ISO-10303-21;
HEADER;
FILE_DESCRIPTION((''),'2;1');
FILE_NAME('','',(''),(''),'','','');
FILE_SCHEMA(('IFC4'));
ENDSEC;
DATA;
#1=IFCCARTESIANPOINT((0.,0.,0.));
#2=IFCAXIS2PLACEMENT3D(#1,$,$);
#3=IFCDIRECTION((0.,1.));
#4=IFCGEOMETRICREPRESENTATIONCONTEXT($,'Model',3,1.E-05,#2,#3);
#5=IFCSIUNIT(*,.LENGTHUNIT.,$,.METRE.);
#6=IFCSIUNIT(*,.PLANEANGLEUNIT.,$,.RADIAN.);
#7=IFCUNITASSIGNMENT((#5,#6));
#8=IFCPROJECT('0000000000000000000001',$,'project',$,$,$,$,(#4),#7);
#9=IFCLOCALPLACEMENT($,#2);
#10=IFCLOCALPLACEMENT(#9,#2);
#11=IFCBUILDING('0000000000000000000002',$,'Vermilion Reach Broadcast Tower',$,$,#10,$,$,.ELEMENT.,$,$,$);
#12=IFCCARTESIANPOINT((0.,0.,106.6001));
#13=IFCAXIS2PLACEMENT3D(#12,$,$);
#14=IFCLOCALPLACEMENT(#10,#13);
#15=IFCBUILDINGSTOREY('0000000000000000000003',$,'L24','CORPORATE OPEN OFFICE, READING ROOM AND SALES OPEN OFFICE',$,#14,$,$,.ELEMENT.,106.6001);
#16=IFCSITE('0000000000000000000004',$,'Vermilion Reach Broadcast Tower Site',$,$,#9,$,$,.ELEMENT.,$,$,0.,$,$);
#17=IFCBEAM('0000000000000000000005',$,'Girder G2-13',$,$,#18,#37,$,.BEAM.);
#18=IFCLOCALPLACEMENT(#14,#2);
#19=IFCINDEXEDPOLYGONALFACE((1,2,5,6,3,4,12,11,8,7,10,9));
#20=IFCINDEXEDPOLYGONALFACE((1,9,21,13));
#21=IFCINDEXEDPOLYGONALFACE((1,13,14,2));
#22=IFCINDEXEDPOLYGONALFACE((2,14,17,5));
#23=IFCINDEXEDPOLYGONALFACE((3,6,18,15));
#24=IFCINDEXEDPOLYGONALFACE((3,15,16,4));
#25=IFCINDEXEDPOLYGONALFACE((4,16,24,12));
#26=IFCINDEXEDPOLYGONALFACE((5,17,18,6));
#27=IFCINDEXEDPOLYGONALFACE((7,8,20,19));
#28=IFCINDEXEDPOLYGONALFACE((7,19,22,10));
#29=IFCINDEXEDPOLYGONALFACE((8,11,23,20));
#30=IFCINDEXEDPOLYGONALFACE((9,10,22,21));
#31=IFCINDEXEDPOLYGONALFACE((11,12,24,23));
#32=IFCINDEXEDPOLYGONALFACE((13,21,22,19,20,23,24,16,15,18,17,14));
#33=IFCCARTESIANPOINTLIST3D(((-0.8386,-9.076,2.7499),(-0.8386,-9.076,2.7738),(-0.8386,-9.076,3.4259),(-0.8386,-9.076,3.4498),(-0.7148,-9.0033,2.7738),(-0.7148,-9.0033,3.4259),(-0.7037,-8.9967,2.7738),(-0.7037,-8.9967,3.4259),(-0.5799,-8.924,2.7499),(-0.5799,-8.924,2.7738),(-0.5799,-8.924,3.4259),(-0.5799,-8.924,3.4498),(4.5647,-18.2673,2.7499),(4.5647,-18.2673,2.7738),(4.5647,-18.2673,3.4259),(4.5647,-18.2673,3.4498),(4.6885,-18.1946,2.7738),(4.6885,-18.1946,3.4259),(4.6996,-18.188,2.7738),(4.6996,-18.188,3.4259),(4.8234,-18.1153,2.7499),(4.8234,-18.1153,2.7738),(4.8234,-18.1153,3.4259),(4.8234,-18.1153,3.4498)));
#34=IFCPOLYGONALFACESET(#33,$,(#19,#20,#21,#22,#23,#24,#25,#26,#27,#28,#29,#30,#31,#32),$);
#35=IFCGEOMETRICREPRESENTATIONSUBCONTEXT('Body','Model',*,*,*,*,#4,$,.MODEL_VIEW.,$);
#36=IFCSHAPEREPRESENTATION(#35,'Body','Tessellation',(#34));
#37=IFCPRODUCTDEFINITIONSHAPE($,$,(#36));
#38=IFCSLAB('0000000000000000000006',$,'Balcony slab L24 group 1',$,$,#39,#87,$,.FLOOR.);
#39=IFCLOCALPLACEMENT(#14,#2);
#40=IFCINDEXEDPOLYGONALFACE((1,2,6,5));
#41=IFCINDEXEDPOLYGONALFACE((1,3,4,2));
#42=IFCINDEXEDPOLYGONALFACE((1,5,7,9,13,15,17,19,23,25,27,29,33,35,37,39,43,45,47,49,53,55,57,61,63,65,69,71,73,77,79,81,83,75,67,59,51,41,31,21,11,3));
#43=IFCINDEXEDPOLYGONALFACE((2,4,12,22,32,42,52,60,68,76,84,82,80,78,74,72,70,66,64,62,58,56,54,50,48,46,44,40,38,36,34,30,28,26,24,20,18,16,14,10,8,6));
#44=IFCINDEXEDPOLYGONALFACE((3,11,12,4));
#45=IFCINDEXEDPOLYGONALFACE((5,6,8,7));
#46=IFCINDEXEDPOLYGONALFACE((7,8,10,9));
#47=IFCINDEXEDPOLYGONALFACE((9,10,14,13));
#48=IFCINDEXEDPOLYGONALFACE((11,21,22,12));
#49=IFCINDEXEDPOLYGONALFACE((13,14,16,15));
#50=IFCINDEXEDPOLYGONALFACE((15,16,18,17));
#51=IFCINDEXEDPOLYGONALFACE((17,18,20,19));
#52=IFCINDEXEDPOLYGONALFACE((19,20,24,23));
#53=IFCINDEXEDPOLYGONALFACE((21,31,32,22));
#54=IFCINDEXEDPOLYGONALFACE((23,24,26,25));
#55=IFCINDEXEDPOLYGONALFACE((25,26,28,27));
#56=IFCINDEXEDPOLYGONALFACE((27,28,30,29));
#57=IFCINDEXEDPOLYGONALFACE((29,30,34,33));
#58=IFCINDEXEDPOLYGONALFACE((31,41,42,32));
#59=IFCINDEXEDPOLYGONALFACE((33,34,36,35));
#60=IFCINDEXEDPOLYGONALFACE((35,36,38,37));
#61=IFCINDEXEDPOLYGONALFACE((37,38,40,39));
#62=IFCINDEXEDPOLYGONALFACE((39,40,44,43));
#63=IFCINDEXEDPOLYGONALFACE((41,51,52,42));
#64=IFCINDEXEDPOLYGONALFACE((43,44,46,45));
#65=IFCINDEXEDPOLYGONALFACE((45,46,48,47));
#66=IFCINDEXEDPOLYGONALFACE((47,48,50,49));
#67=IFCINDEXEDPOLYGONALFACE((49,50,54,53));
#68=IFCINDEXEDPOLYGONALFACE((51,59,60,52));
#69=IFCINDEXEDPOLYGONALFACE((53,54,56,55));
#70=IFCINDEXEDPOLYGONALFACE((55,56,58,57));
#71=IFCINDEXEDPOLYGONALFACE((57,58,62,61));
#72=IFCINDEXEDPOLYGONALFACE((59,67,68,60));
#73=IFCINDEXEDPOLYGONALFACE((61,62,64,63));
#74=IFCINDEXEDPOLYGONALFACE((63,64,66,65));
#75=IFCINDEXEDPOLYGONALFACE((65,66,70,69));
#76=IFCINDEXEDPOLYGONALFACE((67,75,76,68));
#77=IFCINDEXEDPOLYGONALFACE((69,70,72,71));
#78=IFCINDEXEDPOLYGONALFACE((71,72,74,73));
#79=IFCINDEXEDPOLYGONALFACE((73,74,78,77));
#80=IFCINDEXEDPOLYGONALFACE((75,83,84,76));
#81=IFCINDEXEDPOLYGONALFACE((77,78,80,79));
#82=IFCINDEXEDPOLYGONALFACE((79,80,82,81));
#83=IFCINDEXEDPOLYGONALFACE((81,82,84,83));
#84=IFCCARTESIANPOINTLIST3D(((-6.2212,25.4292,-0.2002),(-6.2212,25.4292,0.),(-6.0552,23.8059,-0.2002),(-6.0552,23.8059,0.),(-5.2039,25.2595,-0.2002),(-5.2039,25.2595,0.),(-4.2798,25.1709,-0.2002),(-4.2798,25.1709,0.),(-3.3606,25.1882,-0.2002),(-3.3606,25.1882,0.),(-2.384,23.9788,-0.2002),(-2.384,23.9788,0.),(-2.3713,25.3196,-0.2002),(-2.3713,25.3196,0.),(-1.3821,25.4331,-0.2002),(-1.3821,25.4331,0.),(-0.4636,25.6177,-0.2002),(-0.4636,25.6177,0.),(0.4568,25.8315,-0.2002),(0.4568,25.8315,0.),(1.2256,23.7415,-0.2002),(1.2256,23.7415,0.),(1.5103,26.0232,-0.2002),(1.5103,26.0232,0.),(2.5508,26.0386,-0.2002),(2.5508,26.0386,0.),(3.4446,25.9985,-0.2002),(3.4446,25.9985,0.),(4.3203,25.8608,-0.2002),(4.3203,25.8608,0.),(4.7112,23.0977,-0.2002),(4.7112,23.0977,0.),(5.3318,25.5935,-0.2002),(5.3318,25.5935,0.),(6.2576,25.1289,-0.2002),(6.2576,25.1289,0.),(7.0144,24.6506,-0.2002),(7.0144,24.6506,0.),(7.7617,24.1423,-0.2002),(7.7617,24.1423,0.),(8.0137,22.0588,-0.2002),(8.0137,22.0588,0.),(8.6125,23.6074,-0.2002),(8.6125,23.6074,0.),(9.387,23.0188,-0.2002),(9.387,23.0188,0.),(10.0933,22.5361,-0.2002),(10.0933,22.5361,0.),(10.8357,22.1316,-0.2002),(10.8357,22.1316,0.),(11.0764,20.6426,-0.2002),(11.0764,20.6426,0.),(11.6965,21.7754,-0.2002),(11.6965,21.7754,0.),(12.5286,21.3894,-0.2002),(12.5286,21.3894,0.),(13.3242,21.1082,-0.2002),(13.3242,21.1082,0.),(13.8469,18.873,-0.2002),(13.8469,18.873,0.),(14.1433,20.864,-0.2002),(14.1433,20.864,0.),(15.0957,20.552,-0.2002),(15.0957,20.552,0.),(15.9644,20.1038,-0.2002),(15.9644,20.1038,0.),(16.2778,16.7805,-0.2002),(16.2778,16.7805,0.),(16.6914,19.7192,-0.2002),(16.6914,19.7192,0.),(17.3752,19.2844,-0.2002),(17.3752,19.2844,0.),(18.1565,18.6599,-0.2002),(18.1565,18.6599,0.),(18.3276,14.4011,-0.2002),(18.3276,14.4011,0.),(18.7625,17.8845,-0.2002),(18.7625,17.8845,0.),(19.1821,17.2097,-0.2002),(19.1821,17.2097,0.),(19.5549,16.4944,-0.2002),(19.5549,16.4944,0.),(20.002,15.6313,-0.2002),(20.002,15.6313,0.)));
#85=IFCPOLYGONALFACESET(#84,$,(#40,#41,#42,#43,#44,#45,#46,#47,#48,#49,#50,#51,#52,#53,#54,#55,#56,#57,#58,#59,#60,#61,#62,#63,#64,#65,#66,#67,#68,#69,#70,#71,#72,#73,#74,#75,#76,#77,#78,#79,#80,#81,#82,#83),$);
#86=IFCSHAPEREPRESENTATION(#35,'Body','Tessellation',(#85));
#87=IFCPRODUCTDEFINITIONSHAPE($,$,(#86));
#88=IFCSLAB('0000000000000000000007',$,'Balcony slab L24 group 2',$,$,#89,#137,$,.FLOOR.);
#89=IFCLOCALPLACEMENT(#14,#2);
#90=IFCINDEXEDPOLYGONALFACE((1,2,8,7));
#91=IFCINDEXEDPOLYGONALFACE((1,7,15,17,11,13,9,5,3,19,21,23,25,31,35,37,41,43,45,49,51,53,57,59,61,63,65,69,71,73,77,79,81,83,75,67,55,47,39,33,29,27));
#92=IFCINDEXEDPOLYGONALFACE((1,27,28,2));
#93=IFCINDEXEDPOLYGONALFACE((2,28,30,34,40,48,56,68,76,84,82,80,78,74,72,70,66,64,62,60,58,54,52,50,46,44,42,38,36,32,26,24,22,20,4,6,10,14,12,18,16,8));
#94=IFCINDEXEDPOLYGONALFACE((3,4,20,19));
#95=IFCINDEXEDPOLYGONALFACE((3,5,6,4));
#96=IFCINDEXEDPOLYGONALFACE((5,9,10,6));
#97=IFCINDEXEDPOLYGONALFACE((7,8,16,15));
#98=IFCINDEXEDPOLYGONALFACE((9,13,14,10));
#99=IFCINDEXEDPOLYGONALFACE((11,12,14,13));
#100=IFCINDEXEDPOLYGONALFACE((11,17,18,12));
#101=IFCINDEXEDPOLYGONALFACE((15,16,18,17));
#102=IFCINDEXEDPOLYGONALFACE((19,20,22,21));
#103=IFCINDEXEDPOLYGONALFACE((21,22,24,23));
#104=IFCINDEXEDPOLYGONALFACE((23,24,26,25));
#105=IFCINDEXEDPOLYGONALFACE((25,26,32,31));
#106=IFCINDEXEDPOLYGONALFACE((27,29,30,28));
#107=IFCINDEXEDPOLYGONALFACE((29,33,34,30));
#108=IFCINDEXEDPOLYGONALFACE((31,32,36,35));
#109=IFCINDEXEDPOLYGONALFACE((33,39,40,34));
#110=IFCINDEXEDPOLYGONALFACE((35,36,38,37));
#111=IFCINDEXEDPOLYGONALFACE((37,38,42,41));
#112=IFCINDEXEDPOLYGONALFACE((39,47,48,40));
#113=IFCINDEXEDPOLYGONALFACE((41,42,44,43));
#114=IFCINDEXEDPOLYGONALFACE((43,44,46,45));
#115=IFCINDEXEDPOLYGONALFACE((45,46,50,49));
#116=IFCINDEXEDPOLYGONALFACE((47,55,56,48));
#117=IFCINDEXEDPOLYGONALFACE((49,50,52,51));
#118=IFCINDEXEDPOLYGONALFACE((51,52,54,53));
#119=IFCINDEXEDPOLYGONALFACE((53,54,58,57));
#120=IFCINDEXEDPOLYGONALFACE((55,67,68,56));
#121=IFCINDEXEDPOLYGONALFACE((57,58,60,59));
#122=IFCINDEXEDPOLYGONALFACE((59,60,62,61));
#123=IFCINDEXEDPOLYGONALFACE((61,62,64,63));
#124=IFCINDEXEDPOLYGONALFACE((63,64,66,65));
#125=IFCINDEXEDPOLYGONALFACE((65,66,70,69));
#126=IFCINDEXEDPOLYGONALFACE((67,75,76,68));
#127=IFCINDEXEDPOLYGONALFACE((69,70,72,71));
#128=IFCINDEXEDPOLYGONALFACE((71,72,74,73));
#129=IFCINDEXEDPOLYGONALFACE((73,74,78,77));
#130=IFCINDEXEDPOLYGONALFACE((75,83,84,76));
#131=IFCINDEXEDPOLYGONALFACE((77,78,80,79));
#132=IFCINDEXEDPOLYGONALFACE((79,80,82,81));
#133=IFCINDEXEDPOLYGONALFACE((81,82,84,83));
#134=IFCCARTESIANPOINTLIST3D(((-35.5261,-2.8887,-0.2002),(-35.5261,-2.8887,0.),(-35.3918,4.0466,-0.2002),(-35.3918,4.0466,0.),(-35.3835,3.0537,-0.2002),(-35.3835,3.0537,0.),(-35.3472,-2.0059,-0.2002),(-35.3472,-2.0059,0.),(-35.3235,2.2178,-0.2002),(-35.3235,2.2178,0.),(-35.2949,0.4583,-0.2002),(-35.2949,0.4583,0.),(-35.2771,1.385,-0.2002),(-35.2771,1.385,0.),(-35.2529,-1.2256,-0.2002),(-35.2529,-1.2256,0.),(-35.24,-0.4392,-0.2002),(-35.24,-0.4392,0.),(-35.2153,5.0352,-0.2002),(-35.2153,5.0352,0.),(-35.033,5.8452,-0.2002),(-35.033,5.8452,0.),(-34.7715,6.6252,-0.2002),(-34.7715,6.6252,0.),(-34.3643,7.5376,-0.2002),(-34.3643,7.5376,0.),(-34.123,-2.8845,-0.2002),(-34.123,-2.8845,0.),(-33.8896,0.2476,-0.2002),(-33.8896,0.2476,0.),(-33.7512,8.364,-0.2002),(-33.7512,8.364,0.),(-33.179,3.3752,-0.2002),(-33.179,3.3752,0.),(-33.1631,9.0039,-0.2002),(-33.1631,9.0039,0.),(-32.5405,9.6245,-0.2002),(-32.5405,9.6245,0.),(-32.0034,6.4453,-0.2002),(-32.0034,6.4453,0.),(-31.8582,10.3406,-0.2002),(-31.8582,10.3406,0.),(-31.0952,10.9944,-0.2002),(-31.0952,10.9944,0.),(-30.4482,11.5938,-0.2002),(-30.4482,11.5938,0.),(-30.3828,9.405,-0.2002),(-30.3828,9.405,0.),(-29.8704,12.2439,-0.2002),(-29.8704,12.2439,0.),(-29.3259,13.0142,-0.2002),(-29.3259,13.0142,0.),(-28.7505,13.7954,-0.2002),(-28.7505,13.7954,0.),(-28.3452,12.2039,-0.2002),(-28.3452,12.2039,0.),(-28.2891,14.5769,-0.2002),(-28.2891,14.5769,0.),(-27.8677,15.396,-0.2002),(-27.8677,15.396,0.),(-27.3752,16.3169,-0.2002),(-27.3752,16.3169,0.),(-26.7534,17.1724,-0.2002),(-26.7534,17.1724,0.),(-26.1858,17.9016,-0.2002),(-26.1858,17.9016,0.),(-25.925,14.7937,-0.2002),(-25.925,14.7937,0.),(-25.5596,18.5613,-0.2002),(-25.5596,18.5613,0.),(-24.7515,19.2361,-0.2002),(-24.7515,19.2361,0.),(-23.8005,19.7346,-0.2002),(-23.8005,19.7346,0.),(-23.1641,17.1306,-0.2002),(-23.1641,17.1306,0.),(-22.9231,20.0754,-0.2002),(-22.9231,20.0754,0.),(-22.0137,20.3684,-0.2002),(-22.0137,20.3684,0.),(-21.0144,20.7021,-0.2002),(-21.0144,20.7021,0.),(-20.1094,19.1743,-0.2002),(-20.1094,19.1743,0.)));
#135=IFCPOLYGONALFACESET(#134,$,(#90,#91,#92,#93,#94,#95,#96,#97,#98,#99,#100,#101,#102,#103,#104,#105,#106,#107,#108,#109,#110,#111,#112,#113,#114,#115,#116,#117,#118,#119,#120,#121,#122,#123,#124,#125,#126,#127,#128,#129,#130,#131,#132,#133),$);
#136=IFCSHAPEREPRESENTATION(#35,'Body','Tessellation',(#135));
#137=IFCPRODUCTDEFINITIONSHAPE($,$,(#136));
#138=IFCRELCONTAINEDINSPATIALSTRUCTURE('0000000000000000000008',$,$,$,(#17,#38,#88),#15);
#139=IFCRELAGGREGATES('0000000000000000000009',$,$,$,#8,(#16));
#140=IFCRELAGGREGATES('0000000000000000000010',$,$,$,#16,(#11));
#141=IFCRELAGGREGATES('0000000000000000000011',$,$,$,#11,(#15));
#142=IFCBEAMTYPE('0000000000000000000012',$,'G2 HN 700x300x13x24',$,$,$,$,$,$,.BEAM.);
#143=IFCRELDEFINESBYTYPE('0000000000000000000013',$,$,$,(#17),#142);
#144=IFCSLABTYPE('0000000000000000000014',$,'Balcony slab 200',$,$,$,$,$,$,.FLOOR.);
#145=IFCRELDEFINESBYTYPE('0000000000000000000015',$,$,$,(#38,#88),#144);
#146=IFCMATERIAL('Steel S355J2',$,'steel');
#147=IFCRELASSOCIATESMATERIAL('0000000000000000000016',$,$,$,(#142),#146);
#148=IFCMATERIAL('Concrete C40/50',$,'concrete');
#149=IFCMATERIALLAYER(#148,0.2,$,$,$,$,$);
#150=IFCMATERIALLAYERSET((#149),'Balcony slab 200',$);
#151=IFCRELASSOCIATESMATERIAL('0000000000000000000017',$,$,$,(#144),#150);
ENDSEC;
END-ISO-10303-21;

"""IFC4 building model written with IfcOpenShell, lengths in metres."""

from ifc_helpers import new_model, si_unit, direction, frame, origin, origin_2d, place, context, subcontext, project, spatial, polyline, i_section, outline, extrude, material, layer, layer_set, material_profile, profile_set, type_object, element, save


model = new_model("IFC4")

# Units and contexts
model_context = context("Model", 3, precision=1e-05, world=origin(), true_north=direction((0.0, 1.0)))
body_context = subcontext(model_context, "Body", "Model", "MODEL_VIEW")
ifc_project = project(units=[si_unit("LENGTHUNIT", "METRE"), si_unit("PLANEANGLEUNIT", "RADIAN")], contexts=[model_context])

# Site, building, storey
site_placement = place(None, origin())
site = spatial("IfcSite", under=ifc_project, at=site_placement, Name="Vermilion Reach Broadcast Tower Site", CompositionType="ELEMENT", RefElevation=0.0)
building_placement = place(site_placement, origin())
building = spatial("IfcBuilding", under=site, at=building_placement, Name="Vermilion Reach Broadcast Tower", CompositionType="ELEMENT")
storey_placement = place(building_placement, frame((0.0, 0.0, 106.6001)))
storey = spatial("IfcBuildingStorey", under=building, at=storey_placement, Name="L24", Description="CORPORATE OPEN OFFICE, READING ROOM AND SALES OPEN OFFICE", CompositionType="ELEMENT", Elevation=106.6001)

# Beam
ifc_material_1 = material(Name="Steel S355J2", Category="steel")
ifc_material_profile = material_profile(ifc_material_1, i_section(OverallWidth=0.3, OverallDepth=0.7, WebThickness=0.0129, FlangeThickness=0.0239, at=origin_2d()), Name="S355J2 HN 700x300x13x24")
ifc_profile_set = profile_set([ifc_material_profile], Name="Steel S355J2")
beam_type = type_object("IfcBeamType", Name="G2 HN 700x300x13x24", PredefinedType="BEAM", material=ifc_profile_set)
beam_placement = place(storey_placement, frame((-0.7092, -9.0, 3.0999), z_axis=(0.506784, -0.862073, 0.0), x_axis=(0.862073, 0.506784, 0.0)))
element("IfcBeam", 1, at=beam_placement, inside=storey, type_object=beam_type, Name="Girder G2-13", PredefinedType="BEAM", context=body_context, shape_type="SweptSolid", body=[
    extrude(i_section(OverallWidth=0.3, OverallDepth=0.7, WebThickness=0.0129, FlangeThickness=0.0239, at=origin_2d()), origin(), (0.0, 0.0, 1.0), 10.6619),
])

# Slabs
ifc_material_2 = material(Name="Concrete C40/50", Category="concrete")
ifc_layer_1 = layer(ifc_material_2, 0.2)
ifc_layer_set_1 = layer_set([ifc_layer_1], Name="Balcony slab 200")
slab_type_1 = type_object("IfcSlabType", Name="Balcony slab 200", PredefinedType="FLOOR", material=ifc_layer_set_1)
placement = place(storey_placement, frame((0.0, 0.0, -0.2002)))
element("IfcSlab", 2, at=placement, inside=storey, type_object=slab_type_1, Name="Balcony slab L24 group 1", PredefinedType="FLOOR", context=body_context, shape_type="SweptSolid", body=[
    extrude(outline(polyline([(18.3276, 14.4011), (16.2778, 16.7805), (13.8469, 18.873), (11.0764, 20.6426), (8.0137, 22.0588), (4.7112, 23.0977), (1.2256, 23.7415), (-2.384, 23.9788), (-6.0552, 23.8059), (-6.2212, 25.4292), (-5.2039, 25.2595), (-4.2798, 25.1709), (-3.3606, 25.1882), (-2.3713, 25.3196), (-1.3821, 25.4331), (-0.4636, 25.6177), (0.4568, 25.8315), (1.5103, 26.0232), (2.5508, 26.0386), (3.4446, 25.9985), (4.3203, 25.8608), (5.3318, 25.5935), (6.2576, 25.1289), (7.0144, 24.6506), (7.7617, 24.1423), (8.6125, 23.6074), (9.387, 23.0188), (10.0933, 22.5361), (10.8357, 22.1316), (11.6965, 21.7754), (12.5286, 21.3894), (13.3242, 21.1082), (14.1433, 20.864), (15.0957, 20.552), (15.9644, 20.1038), (16.6914, 19.7192), (17.3752, 19.2844), (18.1565, 18.6599), (18.7625, 17.8845), (19.1821, 17.2097), (19.5549, 16.4944), (20.002, 15.6313), (18.3276, 14.4011)])), origin(), (0.0, 0.0, 1.0), 0.2002),
])
element("IfcSlab", 3, at=placement, inside=storey, type_object=slab_type_1, Name="Balcony slab L24 group 2", PredefinedType="FLOOR", context=body_context, shape_type="SweptSolid", body=[
    extrude(outline(polyline([(-20.1094, 19.1743), (-23.1641, 17.1306), (-25.925, 14.7937), (-28.3452, 12.2039), (-30.3828, 9.405), (-32.0034, 6.4453), (-33.179, 3.3752), (-33.8896, 0.2476), (-34.123, -2.8845), (-35.5261, -2.8887), (-35.3472, -2.0059), (-35.2529, -1.2256), (-35.24, -0.4392), (-35.2949, 0.4583), (-35.2771, 1.385), (-35.3235, 2.2178), (-35.3835, 3.0537), (-35.3918, 4.0466), (-35.2153, 5.0352), (-35.033, 5.8452), (-34.7715, 6.6252), (-34.3643, 7.5376), (-33.7512, 8.364), (-33.1631, 9.0039), (-32.5405, 9.6245), (-31.8582, 10.3406), (-31.0952, 10.9944), (-30.4482, 11.5938), (-29.8704, 12.2439), (-29.3259, 13.0142), (-28.7505, 13.7954), (-28.2891, 14.5769), (-27.8677, 15.396), (-27.3752, 16.3169), (-26.7534, 17.1724), (-26.1858, 17.9016), (-25.5596, 18.5613), (-24.7515, 19.2361), (-23.8005, 19.7346), (-22.9231, 20.0754), (-22.0137, 20.3684), (-21.0144, 20.7021), (-20.1094, 19.1743)])), origin(), (0.0, 0.0, 1.0), 0.2002),
])

save(model, "model.ifc")
